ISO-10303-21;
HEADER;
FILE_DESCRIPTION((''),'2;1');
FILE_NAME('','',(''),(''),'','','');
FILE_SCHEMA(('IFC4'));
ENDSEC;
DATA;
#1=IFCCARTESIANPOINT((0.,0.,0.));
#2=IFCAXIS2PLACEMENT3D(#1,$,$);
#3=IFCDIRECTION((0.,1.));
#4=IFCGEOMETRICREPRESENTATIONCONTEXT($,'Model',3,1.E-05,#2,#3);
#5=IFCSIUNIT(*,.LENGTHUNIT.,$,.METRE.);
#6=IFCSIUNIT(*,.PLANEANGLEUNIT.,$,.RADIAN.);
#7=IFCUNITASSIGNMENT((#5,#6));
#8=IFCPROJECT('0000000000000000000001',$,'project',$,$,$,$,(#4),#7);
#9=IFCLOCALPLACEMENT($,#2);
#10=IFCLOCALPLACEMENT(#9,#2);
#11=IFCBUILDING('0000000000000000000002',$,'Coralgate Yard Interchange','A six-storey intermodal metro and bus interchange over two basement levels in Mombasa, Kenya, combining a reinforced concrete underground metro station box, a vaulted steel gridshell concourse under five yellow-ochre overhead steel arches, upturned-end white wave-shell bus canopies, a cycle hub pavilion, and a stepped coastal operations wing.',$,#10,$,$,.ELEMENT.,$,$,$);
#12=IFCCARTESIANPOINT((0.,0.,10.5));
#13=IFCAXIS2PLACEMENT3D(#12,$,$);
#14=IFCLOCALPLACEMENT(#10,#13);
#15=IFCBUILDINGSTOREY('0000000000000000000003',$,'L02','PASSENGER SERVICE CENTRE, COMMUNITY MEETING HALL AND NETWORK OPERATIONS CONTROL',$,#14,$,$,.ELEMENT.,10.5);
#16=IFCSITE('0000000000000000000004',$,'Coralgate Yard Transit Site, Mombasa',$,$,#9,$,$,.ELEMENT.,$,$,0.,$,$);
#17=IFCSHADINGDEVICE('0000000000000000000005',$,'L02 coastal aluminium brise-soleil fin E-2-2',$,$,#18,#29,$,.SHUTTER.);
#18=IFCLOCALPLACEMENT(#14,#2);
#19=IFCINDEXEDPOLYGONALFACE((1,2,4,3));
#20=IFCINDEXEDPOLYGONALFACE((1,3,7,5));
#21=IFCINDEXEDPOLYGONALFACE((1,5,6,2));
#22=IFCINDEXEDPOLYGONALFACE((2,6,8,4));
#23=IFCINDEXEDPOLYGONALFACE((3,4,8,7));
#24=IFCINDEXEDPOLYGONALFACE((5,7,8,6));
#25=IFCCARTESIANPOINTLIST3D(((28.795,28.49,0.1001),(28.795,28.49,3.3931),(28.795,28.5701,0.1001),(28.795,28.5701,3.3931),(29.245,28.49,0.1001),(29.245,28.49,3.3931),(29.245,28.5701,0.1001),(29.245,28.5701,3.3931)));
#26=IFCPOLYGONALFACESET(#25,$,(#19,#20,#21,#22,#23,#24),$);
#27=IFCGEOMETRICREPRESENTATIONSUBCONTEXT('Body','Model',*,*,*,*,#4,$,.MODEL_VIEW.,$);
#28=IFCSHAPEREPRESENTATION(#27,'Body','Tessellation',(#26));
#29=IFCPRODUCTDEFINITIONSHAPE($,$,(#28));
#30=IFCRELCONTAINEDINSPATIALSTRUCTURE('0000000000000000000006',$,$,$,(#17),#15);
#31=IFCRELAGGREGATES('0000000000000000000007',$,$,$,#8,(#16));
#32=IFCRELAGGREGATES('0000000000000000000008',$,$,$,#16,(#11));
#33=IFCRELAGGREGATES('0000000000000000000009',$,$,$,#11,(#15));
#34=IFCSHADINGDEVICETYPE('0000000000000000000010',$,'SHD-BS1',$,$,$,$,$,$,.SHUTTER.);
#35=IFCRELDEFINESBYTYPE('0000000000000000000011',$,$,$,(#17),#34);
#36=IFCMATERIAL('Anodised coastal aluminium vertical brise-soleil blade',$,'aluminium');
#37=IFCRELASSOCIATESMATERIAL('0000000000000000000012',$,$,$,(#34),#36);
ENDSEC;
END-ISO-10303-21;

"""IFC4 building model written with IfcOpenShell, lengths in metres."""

from ifc_helpers import new_model, si_unit, direction, frame, origin, origin_2d, place, context, subcontext, project, spatial, rectangle, extrude, material, type_object, element, save


model = new_model("IFC4")

# Units and contexts
model_context = context("Model", 3, precision=1e-05, world=origin(), true_north=direction((0.0, 1.0)))
body_context = subcontext(model_context, "Body", "Model", "MODEL_VIEW")
ifc_project = project(units=[si_unit("LENGTHUNIT", "METRE"), si_unit("PLANEANGLEUNIT", "RADIAN")], contexts=[model_context])

# Site, building, storey
site_placement = place(None, origin())
site = spatial("IfcSite", under=ifc_project, at=site_placement, Name="Coralgate Yard Transit Site, Mombasa", CompositionType="ELEMENT", RefElevation=0.0)
building_placement = place(site_placement, origin())
building = spatial("IfcBuilding", under=site, at=building_placement, Name="Coralgate Yard Interchange", Description="A six-storey intermodal metro and bus interchange over two basement levels in Mombasa, Kenya, combining a reinforced concrete underground metro station box, a vaulted steel gridshell concourse under five yellow-ochre overhead steel arches, upturned-end white wave-shell bus canopies, a cycle hub pavilion, and a stepped coastal operations wing.", CompositionType="ELEMENT")
storey_placement = place(building_placement, frame((0.0, 0.0, 10.5)))
storey = spatial("IfcBuildingStorey", under=building, at=storey_placement, Name="L02", Description="PASSENGER SERVICE CENTRE, COMMUNITY MEETING HALL AND NETWORK OPERATIONS CONTROL", CompositionType="ELEMENT", Elevation=10.5)

# Shading device
ifc_material_1 = material(Name="Anodised coastal aluminium vertical brise-soleil blade", Category="aluminium")
shading_device_type = type_object("IfcShadingDeviceType", Name="SHD-BS1", PredefinedType="SHUTTER", material=ifc_material_1)
shading_device_placement = place(storey_placement, frame((29.02, 28.53, 0.1001), z_axis=(0.0, 0.0, 1.0), x_axis=(0.0, -1.0, 0.0)))
element("IfcShadingDevice", 1, at=shading_device_placement, inside=storey, type_object=shading_device_type, Name="L02 coastal aluminium brise-soleil fin E-2-2", PredefinedType="SHUTTER", context=body_context, shape_type="SweptSolid", body=[
    extrude(rectangle(XDim=0.0801, YDim=0.45, at=origin_2d()), origin(), (0.0, 0.0, 1.0), 3.293),
])

save(model, "model.ifc")
